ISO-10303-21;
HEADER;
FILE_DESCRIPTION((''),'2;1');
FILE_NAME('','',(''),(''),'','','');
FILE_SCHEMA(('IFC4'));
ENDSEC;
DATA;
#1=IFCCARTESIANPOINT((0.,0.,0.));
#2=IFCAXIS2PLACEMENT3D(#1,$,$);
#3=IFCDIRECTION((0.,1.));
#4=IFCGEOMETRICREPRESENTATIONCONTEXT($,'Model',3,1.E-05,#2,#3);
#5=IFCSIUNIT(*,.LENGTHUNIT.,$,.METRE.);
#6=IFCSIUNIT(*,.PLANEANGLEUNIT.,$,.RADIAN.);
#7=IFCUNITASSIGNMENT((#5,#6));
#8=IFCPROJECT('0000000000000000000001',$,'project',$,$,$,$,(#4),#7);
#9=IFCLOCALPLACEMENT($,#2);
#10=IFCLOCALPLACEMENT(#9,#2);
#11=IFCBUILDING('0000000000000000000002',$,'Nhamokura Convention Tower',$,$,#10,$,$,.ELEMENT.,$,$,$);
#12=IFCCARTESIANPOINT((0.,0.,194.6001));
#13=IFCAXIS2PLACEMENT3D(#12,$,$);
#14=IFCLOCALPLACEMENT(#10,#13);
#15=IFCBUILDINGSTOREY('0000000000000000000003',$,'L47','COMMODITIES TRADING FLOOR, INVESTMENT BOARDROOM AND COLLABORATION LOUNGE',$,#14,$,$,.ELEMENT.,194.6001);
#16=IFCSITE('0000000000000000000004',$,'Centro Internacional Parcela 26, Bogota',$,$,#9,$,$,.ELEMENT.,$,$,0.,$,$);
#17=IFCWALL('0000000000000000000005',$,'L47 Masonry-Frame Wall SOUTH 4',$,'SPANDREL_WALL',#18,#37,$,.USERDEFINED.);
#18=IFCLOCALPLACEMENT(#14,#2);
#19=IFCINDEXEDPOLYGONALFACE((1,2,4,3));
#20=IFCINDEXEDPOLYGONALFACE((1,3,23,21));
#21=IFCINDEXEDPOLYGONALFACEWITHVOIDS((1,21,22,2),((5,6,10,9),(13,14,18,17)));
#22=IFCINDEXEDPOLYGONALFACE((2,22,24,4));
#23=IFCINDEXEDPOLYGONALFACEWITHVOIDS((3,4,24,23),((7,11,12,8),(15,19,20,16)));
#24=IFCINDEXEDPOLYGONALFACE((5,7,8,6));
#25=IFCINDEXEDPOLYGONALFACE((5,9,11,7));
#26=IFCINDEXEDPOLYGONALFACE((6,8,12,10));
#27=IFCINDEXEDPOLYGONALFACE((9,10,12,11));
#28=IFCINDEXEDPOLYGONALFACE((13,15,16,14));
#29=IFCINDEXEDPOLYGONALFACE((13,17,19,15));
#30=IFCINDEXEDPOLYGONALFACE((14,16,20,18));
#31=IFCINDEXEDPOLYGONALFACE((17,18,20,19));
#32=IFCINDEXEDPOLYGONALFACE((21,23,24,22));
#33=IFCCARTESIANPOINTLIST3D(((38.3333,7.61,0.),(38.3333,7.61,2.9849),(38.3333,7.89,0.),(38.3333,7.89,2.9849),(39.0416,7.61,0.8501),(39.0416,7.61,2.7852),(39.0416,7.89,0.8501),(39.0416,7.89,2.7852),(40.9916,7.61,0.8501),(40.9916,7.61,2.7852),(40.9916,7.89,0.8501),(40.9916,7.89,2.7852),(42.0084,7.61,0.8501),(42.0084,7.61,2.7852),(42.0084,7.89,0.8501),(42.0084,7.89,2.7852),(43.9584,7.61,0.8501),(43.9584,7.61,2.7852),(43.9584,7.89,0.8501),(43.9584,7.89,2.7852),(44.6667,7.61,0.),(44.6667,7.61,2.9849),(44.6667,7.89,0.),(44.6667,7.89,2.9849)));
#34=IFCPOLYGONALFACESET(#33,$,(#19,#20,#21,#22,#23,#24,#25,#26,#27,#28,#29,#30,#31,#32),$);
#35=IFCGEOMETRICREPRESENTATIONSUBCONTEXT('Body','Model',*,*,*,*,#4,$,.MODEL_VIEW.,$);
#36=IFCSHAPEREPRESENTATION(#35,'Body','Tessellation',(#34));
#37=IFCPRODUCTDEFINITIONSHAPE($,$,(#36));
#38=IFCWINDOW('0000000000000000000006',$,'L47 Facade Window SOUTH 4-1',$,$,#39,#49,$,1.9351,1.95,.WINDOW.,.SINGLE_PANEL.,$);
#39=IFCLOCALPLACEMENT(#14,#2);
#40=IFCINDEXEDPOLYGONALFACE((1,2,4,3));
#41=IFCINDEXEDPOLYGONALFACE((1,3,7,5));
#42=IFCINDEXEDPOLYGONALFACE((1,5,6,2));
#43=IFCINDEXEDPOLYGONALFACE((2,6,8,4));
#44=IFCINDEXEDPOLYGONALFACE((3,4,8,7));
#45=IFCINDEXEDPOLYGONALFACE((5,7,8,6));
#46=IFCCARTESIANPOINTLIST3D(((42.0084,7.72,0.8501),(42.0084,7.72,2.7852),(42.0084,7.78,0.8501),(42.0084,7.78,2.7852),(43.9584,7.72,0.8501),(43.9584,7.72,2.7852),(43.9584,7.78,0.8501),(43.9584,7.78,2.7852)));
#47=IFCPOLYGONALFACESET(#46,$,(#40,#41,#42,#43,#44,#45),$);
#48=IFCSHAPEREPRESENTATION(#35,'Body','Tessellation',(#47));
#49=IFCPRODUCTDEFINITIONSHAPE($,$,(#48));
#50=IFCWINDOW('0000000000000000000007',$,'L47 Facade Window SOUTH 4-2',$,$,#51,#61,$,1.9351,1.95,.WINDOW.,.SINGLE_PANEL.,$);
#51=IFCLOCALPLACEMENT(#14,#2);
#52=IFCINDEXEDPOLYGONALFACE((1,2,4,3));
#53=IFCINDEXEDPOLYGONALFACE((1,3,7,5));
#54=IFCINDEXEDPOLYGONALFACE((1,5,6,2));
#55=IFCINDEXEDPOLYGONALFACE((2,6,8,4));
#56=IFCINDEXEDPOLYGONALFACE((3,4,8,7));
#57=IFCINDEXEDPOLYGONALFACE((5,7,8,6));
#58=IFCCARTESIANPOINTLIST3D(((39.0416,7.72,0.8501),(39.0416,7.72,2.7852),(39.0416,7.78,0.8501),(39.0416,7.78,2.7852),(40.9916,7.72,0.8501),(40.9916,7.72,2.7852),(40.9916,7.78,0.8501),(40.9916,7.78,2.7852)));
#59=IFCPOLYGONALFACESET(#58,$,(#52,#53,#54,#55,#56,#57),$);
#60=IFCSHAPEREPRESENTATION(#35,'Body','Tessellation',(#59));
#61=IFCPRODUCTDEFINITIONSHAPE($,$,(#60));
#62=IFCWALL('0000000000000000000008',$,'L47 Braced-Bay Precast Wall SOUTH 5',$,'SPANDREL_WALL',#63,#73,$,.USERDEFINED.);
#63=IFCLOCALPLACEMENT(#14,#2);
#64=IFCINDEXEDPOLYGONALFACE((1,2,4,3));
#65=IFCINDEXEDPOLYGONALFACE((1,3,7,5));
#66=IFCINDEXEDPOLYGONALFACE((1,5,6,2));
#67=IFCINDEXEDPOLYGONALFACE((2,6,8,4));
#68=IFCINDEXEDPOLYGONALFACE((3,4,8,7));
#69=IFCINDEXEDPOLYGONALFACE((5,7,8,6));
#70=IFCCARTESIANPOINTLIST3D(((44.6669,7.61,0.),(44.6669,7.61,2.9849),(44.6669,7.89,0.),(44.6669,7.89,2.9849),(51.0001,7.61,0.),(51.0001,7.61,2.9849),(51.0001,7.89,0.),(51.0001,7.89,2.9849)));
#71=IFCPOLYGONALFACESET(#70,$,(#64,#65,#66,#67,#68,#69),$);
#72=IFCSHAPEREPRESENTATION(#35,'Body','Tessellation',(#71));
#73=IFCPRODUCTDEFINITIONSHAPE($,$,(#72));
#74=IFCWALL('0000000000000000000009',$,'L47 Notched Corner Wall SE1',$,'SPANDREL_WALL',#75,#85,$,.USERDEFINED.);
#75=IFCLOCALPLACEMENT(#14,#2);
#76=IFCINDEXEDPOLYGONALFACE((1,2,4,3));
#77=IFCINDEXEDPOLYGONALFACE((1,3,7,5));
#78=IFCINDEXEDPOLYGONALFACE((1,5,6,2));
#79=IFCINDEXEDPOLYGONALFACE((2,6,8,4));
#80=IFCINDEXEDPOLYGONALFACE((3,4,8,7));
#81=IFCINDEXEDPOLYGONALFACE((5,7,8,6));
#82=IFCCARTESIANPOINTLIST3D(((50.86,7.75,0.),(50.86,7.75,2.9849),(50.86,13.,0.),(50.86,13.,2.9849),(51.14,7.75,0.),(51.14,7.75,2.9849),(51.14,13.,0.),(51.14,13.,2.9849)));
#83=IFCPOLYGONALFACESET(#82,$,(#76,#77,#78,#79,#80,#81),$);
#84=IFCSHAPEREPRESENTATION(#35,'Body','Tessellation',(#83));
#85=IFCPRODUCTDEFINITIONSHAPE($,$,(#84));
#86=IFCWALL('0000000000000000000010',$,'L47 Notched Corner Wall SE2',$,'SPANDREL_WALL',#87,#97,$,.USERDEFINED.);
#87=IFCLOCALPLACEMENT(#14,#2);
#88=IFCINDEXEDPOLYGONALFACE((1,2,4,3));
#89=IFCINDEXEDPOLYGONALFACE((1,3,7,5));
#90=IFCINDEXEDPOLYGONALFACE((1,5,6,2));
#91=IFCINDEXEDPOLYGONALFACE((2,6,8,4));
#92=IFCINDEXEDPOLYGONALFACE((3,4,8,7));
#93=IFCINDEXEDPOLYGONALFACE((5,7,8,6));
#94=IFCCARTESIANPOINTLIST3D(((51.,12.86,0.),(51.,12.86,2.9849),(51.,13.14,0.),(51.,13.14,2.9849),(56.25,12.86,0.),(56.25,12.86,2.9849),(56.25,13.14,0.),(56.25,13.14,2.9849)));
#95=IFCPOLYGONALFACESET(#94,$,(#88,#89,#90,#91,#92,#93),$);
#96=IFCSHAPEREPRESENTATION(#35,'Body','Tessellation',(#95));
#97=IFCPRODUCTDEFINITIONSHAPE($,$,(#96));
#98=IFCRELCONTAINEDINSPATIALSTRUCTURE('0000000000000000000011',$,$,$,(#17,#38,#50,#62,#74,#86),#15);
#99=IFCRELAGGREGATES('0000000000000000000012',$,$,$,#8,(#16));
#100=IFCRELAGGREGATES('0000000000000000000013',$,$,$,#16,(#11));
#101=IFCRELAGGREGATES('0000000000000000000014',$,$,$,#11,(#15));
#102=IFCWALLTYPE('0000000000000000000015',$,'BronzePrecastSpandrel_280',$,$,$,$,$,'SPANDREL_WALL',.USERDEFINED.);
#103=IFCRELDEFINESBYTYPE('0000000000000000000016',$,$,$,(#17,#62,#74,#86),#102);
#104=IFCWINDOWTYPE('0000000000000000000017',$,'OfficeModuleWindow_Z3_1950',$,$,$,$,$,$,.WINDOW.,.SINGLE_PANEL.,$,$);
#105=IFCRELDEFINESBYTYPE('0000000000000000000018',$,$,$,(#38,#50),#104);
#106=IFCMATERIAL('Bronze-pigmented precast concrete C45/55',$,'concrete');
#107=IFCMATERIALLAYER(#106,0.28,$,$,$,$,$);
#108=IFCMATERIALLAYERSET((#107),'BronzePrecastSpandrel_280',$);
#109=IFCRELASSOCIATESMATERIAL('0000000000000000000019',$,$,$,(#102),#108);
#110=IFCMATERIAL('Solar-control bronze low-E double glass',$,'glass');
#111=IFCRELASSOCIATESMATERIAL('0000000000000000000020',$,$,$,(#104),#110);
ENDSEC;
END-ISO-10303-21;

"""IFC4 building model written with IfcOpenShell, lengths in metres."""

from ifc_helpers import new_model, si_unit, direction, frame, frame_2d, origin, place, context, subcontext, project, spatial, rectangle, extrude, material, layer, layer_set, type_object, element, fill, save


model = new_model("IFC4")

# Units and contexts
model_context = context("Model", 3, precision=1e-05, world=origin(), true_north=direction((0.0, 1.0)))
body_context = subcontext(model_context, "Body", "Model", "MODEL_VIEW")
ifc_project = project(units=[si_unit("LENGTHUNIT", "METRE"), si_unit("PLANEANGLEUNIT", "RADIAN")], contexts=[model_context])

# Site, building, storey
site_placement = place(None, origin())
site = spatial("IfcSite", under=ifc_project, at=site_placement, Name="Centro Internacional Parcela 26, Bogota", CompositionType="ELEMENT", RefElevation=0.0)
building_placement = place(site_placement, origin())
building = spatial("IfcBuilding", under=site, at=building_placement, Name="Nhamokura Convention Tower", CompositionType="ELEMENT")
storey_placement = place(building_placement, frame((0.0, 0.0, 194.6001)))
storey = spatial("IfcBuildingStorey", under=building, at=storey_placement, Name="L47", Description="COMMODITIES TRADING FLOOR, INVESTMENT BOARDROOM AND COLLABORATION LOUNGE", CompositionType="ELEMENT", Elevation=194.6001)

# Wall, openings, windows
ifc_material_1 = material(Name="Bronze-pigmented precast concrete C45/55", Category="concrete")
ifc_layer = layer(ifc_material_1, 0.28)
ifc_layer_set = layer_set([ifc_layer], Name="BronzePrecastSpandrel_280")
wall_type = type_object("IfcWallType", Name="BronzePrecastSpandrel_280", ElementType="SPANDREL_WALL", PredefinedType="USERDEFINED", material=ifc_layer_set)
wall_1_placement = place(storey_placement, frame((44.6667, 7.75, 0.0), z_axis=(0.0, 0.0, 1.0), x_axis=(-1.0, 0.0, 0.0)))
wall_1 = element("IfcWall", 1, at=wall_1_placement, inside=storey, type_object=wall_type, Name="L47 Masonry-Frame Wall SOUTH 4", ObjectType="SPANDREL_WALL", PredefinedType="USERDEFINED", context=body_context, shape_type="SweptSolid", body=[
    extrude(rectangle(XDim=6.3335, YDim=0.28, at=frame_2d((3.1667, 0.0))), origin(), (0.0, 0.0, 1.0), 2.9849),
])
opening_1_placement = place(wall_1_placement, frame((0.7083, 0.0, 0.8501)))
opening_1 = element("IfcOpeningElement", 2, at=opening_1_placement, cuts=wall_1, PredefinedType="OPENING", context=body_context, shape_type="SweptSolid", body=[
    extrude(rectangle(XDim=1.95, YDim=1.9351, at=frame_2d((0.9751, 0.9675))), frame((0.0, 0.1499, 0.0), z_axis=(0.0, -1.0, 0.0), x_axis=(1.0, 0.0, 0.0)), (0.0, 0.0, 1.0), 0.3),
])
opening_2_placement = place(wall_1_placement, frame((3.675, 0.0, 0.8501)))
opening_2 = element("IfcOpeningElement", 3, at=opening_2_placement, cuts=wall_1, PredefinedType="OPENING", context=body_context, shape_type="SweptSolid", body=[
    extrude(rectangle(XDim=1.95, YDim=1.9351, at=frame_2d((0.9751, 0.9675))), frame((0.0, 0.1499, 0.0), z_axis=(0.0, -1.0, 0.0), x_axis=(1.0, 0.0, 0.0)), (0.0, 0.0, 1.0), 0.3),
])
ifc_material_2 = material(Name="Solar-control bronze low-E double glass", Category="glass")
window_type = type_object("IfcWindowType", Name="OfficeModuleWindow_Z3_1950", PartitioningType="SINGLE_PANEL", PredefinedType="WINDOW", material=ifc_material_2)
window_1_placement = place(opening_1_placement, origin())
window_1 = element("IfcWindow", 4, at=window_1_placement, inside=storey, type_object=window_type, Name="L47 Facade Window SOUTH 4-1", OverallHeight=1.9351, OverallWidth=1.95, PartitioningType="SINGLE_PANEL", PredefinedType="WINDOW", context=body_context, shape_type="SweptSolid", body=[
    extrude(rectangle(XDim=1.95, YDim=1.9351, at=frame_2d((0.9751, 0.9675))), frame((0.0, 0.03, 0.0), z_axis=(0.0, -1.0, 0.0), x_axis=(1.0, 0.0, 0.0)), (0.0, 0.0, 1.0), 0.0601),
])
fill(opening_1, window_1)
window_2_placement = place(opening_2_placement, origin())
window_2 = element("IfcWindow", 5, at=window_2_placement, inside=storey, type_object=window_type, Name="L47 Facade Window SOUTH 4-2", OverallHeight=1.9351, OverallWidth=1.95, PartitioningType="SINGLE_PANEL", PredefinedType="WINDOW", context=body_context, shape_type="SweptSolid", body=[
    extrude(rectangle(XDim=1.95, YDim=1.9351, at=frame_2d((0.9751, 0.9675))), frame((0.0, 0.03, 0.0), z_axis=(0.0, -1.0, 0.0), x_axis=(1.0, 0.0, 0.0)), (0.0, 0.0, 1.0), 0.0601),
])
fill(opening_2, window_2)

# Walls
wall_2_placement = place(storey_placement, frame((51.0, 7.75, 0.0), z_axis=(0.0, 0.0, 1.0), x_axis=(-1.0, 0.0, 0.0)))
element("IfcWall", 6, at=wall_2_placement, inside=storey, type_object=wall_type, Name="L47 Braced-Bay Precast Wall SOUTH 5", ObjectType="SPANDREL_WALL", PredefinedType="USERDEFINED", context=body_context, shape_type="SweptSolid", body=[
    extrude(rectangle(XDim=6.3333, YDim=0.28, at=frame_2d((3.1665, 0.0))), origin(), (0.0, 0.0, 1.0), 2.9849),
])
for number, where, z_axis, x_axis, name in (
    (7, (51.0, 13.0, 0.0), (0.0, 0.0, 1.0), (0.0, -1.0, 0.0), "L47 Notched Corner Wall SE1"),
    (8, (56.25, 13.0, 0.0), (0.0, 0.0, 1.0), (-1.0, 0.0, 0.0), "L47 Notched Corner Wall SE2"),
):
    element("IfcWall", number, at=place(storey_placement, frame(where, z_axis=z_axis, x_axis=x_axis)), inside=storey, type_object=wall_type, Name=name, ObjectType="SPANDREL_WALL", PredefinedType="USERDEFINED", context=body_context, shape_type="SweptSolid", body=[
        extrude(rectangle(XDim=5.25, YDim=0.28, at=frame_2d((2.625, 0.0))), origin(), (0.0, 0.0, 1.0), 2.9849),
    ])

save(model, "model.ifc")
